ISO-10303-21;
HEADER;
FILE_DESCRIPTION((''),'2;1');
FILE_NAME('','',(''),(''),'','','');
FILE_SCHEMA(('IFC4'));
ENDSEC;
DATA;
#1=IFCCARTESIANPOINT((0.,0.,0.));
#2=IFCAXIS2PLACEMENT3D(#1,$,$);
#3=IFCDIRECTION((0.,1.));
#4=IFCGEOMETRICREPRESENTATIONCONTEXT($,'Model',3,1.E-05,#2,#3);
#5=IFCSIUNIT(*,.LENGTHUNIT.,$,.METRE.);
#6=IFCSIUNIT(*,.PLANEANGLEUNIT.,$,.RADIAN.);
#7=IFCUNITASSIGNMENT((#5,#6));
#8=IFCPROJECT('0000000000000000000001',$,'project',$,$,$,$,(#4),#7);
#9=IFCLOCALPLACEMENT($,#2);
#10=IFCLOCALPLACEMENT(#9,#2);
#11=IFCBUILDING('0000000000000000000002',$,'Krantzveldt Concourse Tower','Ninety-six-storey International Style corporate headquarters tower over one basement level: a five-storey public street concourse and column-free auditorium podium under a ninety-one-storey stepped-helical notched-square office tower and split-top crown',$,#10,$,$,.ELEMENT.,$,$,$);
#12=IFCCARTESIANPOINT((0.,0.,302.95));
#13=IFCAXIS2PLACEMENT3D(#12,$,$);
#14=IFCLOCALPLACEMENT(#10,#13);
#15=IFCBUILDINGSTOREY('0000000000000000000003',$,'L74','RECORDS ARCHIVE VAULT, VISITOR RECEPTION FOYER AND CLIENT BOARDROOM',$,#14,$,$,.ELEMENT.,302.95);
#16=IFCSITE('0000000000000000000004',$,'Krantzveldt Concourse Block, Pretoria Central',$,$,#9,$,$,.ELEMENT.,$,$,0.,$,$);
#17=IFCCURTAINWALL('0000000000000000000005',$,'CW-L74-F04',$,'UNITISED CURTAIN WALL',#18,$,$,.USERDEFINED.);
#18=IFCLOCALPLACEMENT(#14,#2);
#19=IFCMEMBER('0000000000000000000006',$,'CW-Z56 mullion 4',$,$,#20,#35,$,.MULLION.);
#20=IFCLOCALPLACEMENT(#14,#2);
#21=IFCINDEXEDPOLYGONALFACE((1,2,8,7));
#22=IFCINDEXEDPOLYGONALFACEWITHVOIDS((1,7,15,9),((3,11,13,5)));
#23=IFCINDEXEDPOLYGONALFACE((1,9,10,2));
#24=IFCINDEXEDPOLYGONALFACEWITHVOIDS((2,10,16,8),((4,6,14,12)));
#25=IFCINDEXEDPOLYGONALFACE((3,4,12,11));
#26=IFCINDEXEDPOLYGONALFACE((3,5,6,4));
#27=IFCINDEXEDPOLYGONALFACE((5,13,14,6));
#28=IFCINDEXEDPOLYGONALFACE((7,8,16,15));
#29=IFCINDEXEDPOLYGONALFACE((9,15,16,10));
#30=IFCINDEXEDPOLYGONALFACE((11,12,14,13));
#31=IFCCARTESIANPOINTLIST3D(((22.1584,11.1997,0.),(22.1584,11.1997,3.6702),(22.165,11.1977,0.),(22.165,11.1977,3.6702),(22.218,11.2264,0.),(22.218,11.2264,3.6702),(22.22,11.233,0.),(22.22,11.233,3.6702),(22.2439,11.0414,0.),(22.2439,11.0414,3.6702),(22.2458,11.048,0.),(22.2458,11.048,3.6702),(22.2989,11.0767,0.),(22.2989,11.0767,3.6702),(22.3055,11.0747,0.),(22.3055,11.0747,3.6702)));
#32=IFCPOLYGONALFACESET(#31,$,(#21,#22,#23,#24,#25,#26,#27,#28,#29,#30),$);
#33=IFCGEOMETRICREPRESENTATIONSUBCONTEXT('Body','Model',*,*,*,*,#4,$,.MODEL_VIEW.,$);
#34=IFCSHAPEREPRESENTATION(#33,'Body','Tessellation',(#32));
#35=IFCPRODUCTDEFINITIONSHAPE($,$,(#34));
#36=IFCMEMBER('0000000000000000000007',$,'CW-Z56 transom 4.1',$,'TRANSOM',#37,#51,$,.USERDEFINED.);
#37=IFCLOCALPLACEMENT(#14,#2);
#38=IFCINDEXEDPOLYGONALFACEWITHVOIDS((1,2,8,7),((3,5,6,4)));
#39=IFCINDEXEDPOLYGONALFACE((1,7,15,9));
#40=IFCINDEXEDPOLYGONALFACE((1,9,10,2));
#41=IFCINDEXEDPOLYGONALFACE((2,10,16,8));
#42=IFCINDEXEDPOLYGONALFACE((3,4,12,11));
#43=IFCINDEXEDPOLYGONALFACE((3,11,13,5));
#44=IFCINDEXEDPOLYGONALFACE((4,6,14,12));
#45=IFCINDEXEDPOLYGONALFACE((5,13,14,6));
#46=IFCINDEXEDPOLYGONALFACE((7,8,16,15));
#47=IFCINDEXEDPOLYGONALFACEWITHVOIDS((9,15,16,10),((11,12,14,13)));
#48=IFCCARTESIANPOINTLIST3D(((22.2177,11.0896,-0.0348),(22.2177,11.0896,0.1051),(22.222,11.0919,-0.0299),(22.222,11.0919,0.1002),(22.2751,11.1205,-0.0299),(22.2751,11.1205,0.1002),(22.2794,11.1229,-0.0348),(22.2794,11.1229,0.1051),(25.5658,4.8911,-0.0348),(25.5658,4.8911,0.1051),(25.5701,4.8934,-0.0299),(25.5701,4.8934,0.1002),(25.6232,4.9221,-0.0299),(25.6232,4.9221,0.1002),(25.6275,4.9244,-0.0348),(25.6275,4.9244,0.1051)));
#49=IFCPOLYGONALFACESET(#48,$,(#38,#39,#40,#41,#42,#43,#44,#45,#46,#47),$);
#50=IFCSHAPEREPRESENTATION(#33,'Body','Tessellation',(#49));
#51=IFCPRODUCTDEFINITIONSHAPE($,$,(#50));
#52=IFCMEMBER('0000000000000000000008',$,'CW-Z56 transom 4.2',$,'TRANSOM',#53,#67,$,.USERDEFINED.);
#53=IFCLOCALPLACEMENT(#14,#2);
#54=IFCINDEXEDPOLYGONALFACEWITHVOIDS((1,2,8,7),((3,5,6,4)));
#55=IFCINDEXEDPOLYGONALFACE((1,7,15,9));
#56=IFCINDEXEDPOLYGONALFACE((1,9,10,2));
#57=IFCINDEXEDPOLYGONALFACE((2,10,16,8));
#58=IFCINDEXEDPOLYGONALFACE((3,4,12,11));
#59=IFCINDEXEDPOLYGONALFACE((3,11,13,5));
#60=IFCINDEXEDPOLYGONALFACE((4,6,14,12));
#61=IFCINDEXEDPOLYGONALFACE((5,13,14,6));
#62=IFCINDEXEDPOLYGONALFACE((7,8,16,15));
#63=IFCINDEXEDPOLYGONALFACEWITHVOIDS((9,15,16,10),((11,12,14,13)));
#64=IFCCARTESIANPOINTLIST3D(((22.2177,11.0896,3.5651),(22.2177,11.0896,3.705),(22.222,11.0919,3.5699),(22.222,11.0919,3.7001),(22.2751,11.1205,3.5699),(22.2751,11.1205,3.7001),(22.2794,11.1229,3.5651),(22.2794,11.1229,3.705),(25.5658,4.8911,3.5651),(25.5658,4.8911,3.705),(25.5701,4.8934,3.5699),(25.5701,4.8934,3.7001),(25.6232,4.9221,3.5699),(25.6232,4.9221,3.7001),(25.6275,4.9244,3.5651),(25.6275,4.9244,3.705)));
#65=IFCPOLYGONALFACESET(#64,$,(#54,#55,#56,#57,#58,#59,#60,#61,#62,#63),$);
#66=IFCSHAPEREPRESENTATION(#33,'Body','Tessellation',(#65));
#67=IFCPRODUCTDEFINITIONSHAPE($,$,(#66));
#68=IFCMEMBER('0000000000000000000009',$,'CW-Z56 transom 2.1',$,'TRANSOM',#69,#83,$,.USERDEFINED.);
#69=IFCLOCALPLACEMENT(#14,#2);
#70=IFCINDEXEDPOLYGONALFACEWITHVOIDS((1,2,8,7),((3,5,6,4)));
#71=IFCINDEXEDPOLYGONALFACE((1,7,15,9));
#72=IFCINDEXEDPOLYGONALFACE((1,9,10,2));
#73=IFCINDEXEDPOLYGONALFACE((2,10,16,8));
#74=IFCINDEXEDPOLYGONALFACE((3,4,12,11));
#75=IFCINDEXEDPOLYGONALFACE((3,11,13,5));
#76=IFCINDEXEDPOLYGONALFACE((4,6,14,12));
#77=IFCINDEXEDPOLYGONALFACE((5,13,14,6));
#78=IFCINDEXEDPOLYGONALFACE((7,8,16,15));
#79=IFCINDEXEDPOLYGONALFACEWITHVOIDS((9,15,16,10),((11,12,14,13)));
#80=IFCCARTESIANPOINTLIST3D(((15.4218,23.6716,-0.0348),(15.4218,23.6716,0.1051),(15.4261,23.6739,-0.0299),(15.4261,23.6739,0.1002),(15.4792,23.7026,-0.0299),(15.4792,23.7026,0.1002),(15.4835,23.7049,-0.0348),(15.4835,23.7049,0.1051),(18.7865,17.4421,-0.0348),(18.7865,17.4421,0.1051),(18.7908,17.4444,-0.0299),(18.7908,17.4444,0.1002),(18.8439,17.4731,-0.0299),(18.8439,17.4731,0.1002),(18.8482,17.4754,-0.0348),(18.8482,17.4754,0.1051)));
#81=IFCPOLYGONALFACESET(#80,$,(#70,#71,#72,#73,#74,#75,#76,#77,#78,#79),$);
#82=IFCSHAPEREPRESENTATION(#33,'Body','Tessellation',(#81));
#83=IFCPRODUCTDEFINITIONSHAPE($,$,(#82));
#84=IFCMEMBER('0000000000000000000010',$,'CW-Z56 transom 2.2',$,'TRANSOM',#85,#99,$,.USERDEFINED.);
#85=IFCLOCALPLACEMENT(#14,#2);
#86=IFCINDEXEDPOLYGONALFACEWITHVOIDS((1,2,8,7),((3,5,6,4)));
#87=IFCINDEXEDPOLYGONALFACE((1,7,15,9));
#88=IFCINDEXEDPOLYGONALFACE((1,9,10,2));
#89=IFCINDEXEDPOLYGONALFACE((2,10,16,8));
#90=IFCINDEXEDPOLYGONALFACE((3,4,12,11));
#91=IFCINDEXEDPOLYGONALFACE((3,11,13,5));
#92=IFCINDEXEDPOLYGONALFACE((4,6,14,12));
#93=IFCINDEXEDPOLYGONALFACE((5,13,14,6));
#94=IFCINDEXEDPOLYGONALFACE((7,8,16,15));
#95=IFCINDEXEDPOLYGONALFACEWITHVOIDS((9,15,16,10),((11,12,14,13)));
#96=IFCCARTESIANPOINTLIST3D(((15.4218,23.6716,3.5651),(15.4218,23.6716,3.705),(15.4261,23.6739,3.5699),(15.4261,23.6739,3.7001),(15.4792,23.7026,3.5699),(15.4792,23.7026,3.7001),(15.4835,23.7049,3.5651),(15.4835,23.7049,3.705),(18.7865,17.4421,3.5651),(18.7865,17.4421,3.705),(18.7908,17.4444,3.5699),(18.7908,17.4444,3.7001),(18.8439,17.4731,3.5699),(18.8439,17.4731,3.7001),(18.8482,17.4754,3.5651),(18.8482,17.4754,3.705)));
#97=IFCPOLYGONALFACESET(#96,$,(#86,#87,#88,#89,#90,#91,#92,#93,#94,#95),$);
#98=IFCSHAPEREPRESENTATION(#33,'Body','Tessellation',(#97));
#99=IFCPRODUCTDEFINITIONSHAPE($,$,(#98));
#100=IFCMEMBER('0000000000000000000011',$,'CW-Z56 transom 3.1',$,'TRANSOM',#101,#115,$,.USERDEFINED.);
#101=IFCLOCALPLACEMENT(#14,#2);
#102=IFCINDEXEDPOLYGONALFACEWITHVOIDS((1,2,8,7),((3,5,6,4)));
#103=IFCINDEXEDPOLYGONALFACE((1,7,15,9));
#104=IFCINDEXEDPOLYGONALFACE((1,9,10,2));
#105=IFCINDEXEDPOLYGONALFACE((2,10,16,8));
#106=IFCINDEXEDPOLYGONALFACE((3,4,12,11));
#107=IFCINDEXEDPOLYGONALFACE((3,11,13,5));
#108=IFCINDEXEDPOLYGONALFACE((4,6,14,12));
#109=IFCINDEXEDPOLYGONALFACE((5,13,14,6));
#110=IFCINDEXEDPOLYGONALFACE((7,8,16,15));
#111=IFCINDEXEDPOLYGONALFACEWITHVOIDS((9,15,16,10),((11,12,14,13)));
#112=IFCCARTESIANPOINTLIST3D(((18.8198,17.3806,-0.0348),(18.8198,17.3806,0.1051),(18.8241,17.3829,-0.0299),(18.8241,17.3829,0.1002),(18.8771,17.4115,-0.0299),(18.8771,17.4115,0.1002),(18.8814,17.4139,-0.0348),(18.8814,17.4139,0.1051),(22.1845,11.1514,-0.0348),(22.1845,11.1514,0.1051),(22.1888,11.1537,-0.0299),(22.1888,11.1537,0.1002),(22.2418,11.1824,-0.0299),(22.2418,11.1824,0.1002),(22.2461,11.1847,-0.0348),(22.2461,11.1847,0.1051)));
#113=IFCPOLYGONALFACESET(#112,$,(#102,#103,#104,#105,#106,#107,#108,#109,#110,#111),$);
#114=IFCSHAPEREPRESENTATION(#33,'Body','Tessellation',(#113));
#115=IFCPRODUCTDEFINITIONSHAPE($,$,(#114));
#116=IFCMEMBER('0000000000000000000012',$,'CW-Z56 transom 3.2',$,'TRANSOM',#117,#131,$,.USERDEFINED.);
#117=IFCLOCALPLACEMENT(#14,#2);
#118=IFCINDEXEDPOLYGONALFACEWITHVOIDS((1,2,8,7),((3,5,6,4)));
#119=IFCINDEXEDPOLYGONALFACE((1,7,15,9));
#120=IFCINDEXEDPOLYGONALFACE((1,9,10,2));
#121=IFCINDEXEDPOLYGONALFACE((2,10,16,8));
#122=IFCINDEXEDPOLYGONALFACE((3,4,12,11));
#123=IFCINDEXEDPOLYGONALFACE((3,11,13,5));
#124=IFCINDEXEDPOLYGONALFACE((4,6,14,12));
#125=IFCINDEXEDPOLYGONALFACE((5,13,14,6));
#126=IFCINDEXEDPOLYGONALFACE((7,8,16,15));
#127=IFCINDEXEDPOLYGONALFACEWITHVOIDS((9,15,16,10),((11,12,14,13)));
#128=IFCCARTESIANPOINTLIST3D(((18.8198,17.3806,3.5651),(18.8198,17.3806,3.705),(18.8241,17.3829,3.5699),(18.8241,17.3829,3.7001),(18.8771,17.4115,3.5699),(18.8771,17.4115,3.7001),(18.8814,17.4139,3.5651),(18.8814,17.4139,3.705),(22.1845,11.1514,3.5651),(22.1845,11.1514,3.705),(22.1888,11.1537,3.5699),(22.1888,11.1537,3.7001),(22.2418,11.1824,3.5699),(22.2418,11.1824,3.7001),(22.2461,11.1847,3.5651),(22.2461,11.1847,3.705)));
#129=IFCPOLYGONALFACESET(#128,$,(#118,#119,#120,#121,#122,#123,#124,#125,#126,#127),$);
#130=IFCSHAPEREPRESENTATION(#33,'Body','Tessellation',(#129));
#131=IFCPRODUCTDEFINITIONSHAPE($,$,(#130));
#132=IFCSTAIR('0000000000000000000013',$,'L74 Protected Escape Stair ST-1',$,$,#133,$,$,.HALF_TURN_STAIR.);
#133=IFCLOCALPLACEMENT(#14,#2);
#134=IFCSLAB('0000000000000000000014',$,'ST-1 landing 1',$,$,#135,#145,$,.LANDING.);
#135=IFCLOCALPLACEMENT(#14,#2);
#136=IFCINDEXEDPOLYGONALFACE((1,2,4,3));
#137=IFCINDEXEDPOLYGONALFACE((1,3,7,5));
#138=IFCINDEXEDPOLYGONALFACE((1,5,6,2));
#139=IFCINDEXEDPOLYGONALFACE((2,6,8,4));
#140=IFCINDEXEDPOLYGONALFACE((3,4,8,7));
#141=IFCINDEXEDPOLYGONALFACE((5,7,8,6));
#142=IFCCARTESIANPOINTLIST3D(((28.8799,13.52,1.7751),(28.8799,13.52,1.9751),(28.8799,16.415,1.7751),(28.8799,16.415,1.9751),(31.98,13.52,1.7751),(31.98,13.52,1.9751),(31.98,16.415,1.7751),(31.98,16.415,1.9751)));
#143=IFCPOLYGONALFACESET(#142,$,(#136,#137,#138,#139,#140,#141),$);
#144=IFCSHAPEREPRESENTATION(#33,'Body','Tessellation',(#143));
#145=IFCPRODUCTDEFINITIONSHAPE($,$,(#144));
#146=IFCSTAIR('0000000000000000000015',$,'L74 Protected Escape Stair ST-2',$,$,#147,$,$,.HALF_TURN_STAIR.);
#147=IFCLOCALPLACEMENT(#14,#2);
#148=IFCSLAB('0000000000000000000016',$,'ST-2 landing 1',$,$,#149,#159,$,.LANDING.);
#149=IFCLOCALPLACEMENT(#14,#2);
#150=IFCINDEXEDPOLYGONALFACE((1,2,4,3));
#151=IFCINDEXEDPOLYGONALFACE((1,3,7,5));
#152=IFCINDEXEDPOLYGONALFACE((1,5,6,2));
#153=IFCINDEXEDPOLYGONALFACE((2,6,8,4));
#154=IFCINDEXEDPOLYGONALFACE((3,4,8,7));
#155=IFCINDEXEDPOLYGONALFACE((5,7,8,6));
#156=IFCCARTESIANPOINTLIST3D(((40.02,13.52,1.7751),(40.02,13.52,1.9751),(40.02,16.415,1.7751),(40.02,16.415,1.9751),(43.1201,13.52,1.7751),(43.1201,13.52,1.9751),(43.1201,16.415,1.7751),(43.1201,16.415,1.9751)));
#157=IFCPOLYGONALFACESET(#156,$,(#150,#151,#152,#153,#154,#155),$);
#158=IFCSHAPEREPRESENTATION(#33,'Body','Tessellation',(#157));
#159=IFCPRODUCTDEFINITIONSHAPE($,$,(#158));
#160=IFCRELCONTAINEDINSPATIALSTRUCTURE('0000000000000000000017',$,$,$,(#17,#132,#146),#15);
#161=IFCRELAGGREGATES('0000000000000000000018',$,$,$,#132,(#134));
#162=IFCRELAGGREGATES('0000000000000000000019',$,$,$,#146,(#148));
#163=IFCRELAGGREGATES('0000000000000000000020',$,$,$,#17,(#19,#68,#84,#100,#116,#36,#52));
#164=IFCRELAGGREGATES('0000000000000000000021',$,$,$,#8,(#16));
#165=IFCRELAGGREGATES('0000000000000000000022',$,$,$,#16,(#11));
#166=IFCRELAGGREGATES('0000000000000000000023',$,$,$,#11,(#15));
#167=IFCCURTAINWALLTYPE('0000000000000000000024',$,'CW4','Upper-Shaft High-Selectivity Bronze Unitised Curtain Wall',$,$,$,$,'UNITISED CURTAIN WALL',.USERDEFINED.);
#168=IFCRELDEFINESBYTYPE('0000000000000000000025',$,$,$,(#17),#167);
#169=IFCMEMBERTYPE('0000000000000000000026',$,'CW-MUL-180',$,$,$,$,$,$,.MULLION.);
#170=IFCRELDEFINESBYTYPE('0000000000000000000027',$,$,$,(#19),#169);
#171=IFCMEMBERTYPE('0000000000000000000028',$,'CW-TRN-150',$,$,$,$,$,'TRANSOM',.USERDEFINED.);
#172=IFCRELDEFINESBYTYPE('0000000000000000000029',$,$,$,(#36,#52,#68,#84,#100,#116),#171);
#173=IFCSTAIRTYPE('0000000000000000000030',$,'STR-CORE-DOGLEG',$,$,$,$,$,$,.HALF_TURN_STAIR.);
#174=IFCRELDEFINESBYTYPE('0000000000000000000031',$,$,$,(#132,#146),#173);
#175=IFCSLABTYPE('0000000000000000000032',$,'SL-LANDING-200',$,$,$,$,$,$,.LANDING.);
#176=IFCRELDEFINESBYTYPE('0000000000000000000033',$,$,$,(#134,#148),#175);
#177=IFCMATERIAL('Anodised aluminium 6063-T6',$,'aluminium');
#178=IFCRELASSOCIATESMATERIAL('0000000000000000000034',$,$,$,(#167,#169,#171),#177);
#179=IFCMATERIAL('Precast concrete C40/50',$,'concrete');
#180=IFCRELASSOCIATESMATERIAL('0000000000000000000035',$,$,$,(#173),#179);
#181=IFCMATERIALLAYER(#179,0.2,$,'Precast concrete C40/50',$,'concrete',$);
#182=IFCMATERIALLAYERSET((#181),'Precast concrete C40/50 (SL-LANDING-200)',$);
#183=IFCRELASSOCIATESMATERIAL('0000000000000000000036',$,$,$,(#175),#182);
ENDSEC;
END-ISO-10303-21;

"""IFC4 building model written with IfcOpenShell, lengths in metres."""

from ifc_helpers import new_model, si_unit, direction, frame, origin, origin_2d, place, context, subcontext, project, spatial, polyline, hollow_rectangle, outline, extrude, source, transform, mapped, material, layer, layer_set, material_profile, profile_set, type_object, type_shapes, element, aggregate, save


model = new_model("IFC4")

# Units and contexts
model_context = context("Model", 3, precision=1e-05, world=origin(), true_north=direction((0.0, 1.0)))
body_context = subcontext(model_context, "Body", "Model", "MODEL_VIEW")
ifc_project = project(units=[si_unit("LENGTHUNIT", "METRE"), si_unit("PLANEANGLEUNIT", "RADIAN")], contexts=[model_context])

# Site, building, storey
site_placement = place(None, origin())
site = spatial("IfcSite", under=ifc_project, at=site_placement, Name="Krantzveldt Concourse Block, Pretoria Central", CompositionType="ELEMENT", RefElevation=0.0)
building_placement = place(site_placement, origin())
building = spatial("IfcBuilding", under=site, at=building_placement, Name="Krantzveldt Concourse Tower", Description="Ninety-six-storey International Style corporate headquarters tower over one basement level: a five-storey public street concourse and column-free auditorium podium under a ninety-one-storey stepped-helical notched-square office tower and split-top crown", CompositionType="ELEMENT")
storey_placement = place(building_placement, frame((0.0, 0.0, 302.95)))
storey = spatial("IfcBuildingStorey", under=building, at=storey_placement, Name="L74", Description="RECORDS ARCHIVE VAULT, VISITOR RECEPTION FOYER AND CLIENT BOARDROOM", CompositionType="ELEMENT", Elevation=302.95)

# Curtain wall, members
ifc_material_1 = material(Name="Anodised aluminium 6063-T6", Category="aluminium")
curtain_wall_type = type_object("IfcCurtainWallType", Name="CW4", Description="Upper-Shaft High-Selectivity Bronze Unitised Curtain Wall", ElementType="UNITISED CURTAIN WALL", PredefinedType="USERDEFINED", material=ifc_material_1)
curtain_wall_placement = place(storey_placement, origin())
curtain_wall = element("IfcCurtainWall", 1, at=curtain_wall_placement, inside=storey, type_object=curtain_wall_type, Name="CW-L74-F04", ObjectType="UNITISED CURTAIN WALL", PredefinedType="USERDEFINED")
ifc_material_profile_1 = material_profile(ifc_material_1, hollow_rectangle(XDim=0.0701, YDim=0.1799, WallThickness=0.0049, at=origin_2d()), Name="Anodised aluminium 6063-T6", Category="aluminium")
ifc_profile_set_1 = profile_set([ifc_material_profile_1], Name="Anodised aluminium 6063-T6 - ALU-MULL 180x70x5")
member_type_1 = type_object("IfcMemberType", Name="CW-MUL-180", PredefinedType="MULLION", material=ifc_profile_set_1)
shared_shape_1 = source(origin(), body_context, "Body", "SweptSolid", [
    extrude(hollow_rectangle(XDim=0.0701, YDim=0.1799, WallThickness=0.0049, at=origin_2d()), origin(), (0.0, 0.0, 1.0), 3.6702),
])
type_shapes(member_type_1, [shared_shape_1])
member_1_placement = place(storey_placement, frame((22.2319, 11.1372, 0.0), z_axis=(0.0, 0.0, 1.0), x_axis=(0.879856, 0.47524, 0.0)))
member_1 = element("IfcMember", 2, at=member_1_placement, type_object=member_type_1, Name="CW-Z56 mullion 4", PredefinedType="MULLION", context=body_context, shape_type="MappedRepresentation", body=[
    mapped(shared_shape_1, transform((0.0, 0.0, 0.0), x_axis=(1.0, 0.0, 0.0), y_axis=(0.0, 1.0, 0.0), z_axis=(0.0, 0.0, 1.0), scale=1.0)),
])
ifc_material_profile_2 = material_profile(ifc_material_1, hollow_rectangle(XDim=0.0701, YDim=0.1399, WallThickness=0.0049, at=origin_2d()), Name="Anodised aluminium 6063-T6", Category="aluminium")
ifc_profile_set_2 = profile_set([ifc_material_profile_2], Name="Anodised aluminium 6063-T6 - ALU-TRAN 140x70x5")
member_type_2 = type_object("IfcMemberType", Name="CW-TRN-150", ElementType="TRANSOM", PredefinedType="USERDEFINED", material=ifc_profile_set_2)
shared_shape_2 = source(origin(), body_context, "Body", "SweptSolid", [
    extrude(hollow_rectangle(XDim=0.0701, YDim=0.1399, WallThickness=0.0049, at=origin_2d()), origin(), (0.0, 0.0, 1.0), 7.0449),
])
member_2_placement = place(storey_placement, frame((22.2485, 11.1062, 0.0352), z_axis=(0.475255, -0.879848, 0.0), x_axis=(0.879848, 0.475255, 0.0)))
member_2 = element("IfcMember", 3, at=member_2_placement, type_object=member_type_2, Name="CW-Z56 transom 4.1", ObjectType="TRANSOM", PredefinedType="USERDEFINED", context=body_context, shape_type="MappedRepresentation", body=[
    mapped(shared_shape_2, transform((0.0, 0.0, 0.0), x_axis=(1.0, 0.0, 0.0), y_axis=(0.0, 1.0, 0.0), z_axis=(0.0, 0.0, 1.0), scale=1.0)),
])
member_3_placement = place(storey_placement, frame((22.2485, 11.1062, 3.635), z_axis=(0.475255, -0.879848, 0.0), x_axis=(0.879848, 0.475255, 0.0)))
member_3 = element("IfcMember", 4, at=member_3_placement, type_object=member_type_2, Name="CW-Z56 transom 4.2", ObjectType="TRANSOM", PredefinedType="USERDEFINED", context=body_context, shape_type="MappedRepresentation", body=[
    mapped(shared_shape_2, transform((0.0, 0.0, 0.0), x_axis=(1.0, 0.0, 0.0), y_axis=(0.0, 1.0, 0.0), z_axis=(0.0, 0.0, 1.0), scale=1.0)),
])
shared_shape_3 = source(origin(), body_context, "Body", "SweptSolid", [
    extrude(hollow_rectangle(XDim=0.0701, YDim=0.1399, WallThickness=0.0049, at=origin_2d()), origin(), (0.0, 0.0, 1.0), 7.0801),
])
member_4_placement = place(storey_placement, frame((15.4526, 23.6882, 0.0352), z_axis=(0.475239, -0.879857, 0.0), x_axis=(0.879857, 0.475239, 0.0)))
member_4 = element("IfcMember", 5, at=member_4_placement, type_object=member_type_2, Name="CW-Z56 transom 2.1", ObjectType="TRANSOM", PredefinedType="USERDEFINED", context=body_context, shape_type="MappedRepresentation", body=[
    mapped(shared_shape_3, transform((0.0, 0.0, 0.0), x_axis=(1.0, 0.0, 0.0), y_axis=(0.0, 1.0, 0.0), z_axis=(0.0, 0.0, 1.0), scale=1.0)),
])
member_5_placement = place(storey_placement, frame((15.4526, 23.6882, 3.635), z_axis=(0.475239, -0.879857, 0.0), x_axis=(0.879857, 0.475239, 0.0)))
member_5 = element("IfcMember", 6, at=member_5_placement, type_object=member_type_2, Name="CW-Z56 transom 2.2", ObjectType="TRANSOM", PredefinedType="USERDEFINED", context=body_context, shape_type="MappedRepresentation", body=[
    mapped(shared_shape_3, transform((0.0, 0.0, 0.0), x_axis=(1.0, 0.0, 0.0), y_axis=(0.0, 1.0, 0.0), z_axis=(0.0, 0.0, 1.0), scale=1.0)),
])
shared_shape_4 = source(origin(), body_context, "Body", "SweptSolid", [
    extrude(hollow_rectangle(XDim=0.0701, YDim=0.1399, WallThickness=0.0049, at=origin_2d()), origin(), (0.0, 0.0, 1.0), 7.0798),
])
type_shapes(member_type_2, [shared_shape_2, shared_shape_3, shared_shape_4])
member_6_placement = place(storey_placement, frame((18.8506, 17.3972, 0.0352), z_axis=(0.475253, -0.879849, 0.0), x_axis=(0.879849, 0.475253, 0.0)))
member_6 = element("IfcMember", 7, at=member_6_placement, type_object=member_type_2, Name="CW-Z56 transom 3.1", ObjectType="TRANSOM", PredefinedType="USERDEFINED", context=body_context, shape_type="MappedRepresentation", body=[
    mapped(shared_shape_4, transform((0.0, 0.0, 0.0), x_axis=(1.0, 0.0, 0.0), y_axis=(0.0, 1.0, 0.0), z_axis=(0.0, 0.0, 1.0), scale=1.0)),
])
member_7_placement = place(storey_placement, frame((18.8506, 17.3972, 3.635), z_axis=(0.475253, -0.879849, 0.0), x_axis=(0.879849, 0.475253, 0.0)))
member_7 = element("IfcMember", 8, at=member_7_placement, type_object=member_type_2, Name="CW-Z56 transom 3.2", ObjectType="TRANSOM", PredefinedType="USERDEFINED", context=body_context, shape_type="MappedRepresentation", body=[
    mapped(shared_shape_4, transform((0.0, 0.0, 0.0), x_axis=(1.0, 0.0, 0.0), y_axis=(0.0, 1.0, 0.0), z_axis=(0.0, 0.0, 1.0), scale=1.0)),
])

# Stairs, slabs
ifc_material_2 = material(Name="Precast concrete C40/50", Category="concrete")
stair_type = type_object("IfcStairType", Name="STR-CORE-DOGLEG", PredefinedType="HALF_TURN_STAIR", material=ifc_material_2)
stair_1_placement = place(storey_placement, origin())
stair_1 = element("IfcStair", 9, at=stair_1_placement, inside=storey, type_object=stair_type, Name="L74 Protected Escape Stair ST-1", PredefinedType="HALF_TURN_STAIR")
ifc_layer_1 = layer(ifc_material_2, 0.2, Name="Precast concrete C40/50", Category="concrete")
ifc_layer_set_1 = layer_set([ifc_layer_1], Name="Precast concrete C40/50 (SL-LANDING-200)")
slab_type_1 = type_object("IfcSlabType", Name="SL-LANDING-200", PredefinedType="LANDING", material=ifc_layer_set_1)
slab_1_placement = place(storey_placement, frame((0.0, 0.0, 1.7751)))
slab_1 = element("IfcSlab", 10, at=slab_1_placement, type_object=slab_type_1, Name="ST-1 landing 1", PredefinedType="LANDING", context=body_context, shape_type="SweptSolid", body=[
    extrude(outline(polyline([(28.8799, 16.415), (28.8799, 13.52), (31.98, 13.52), (31.98, 16.415), (28.8799, 16.415)])), origin(), (0.0, 0.0, 1.0), 0.2),
])
aggregate(stair_1, [slab_1])
stair_2_placement = place(storey_placement, origin())
stair_2 = element("IfcStair", 11, at=stair_2_placement, inside=storey, type_object=stair_type, Name="L74 Protected Escape Stair ST-2", PredefinedType="HALF_TURN_STAIR")
slab_2_placement = place(storey_placement, frame((0.0, 0.0, 1.7751)))
slab_2 = element("IfcSlab", 12, at=slab_2_placement, type_object=slab_type_1, Name="ST-2 landing 1", PredefinedType="LANDING", context=body_context, shape_type="SweptSolid", body=[
    extrude(outline(polyline([(40.02, 16.415), (40.02, 13.52), (43.1201, 13.52), (43.1201, 16.415), (40.02, 16.415)])), origin(), (0.0, 0.0, 1.0), 0.2),
])
aggregate(stair_2, [slab_2])

aggregate(curtain_wall, [member_1, member_4, member_5, member_6, member_7, member_2, member_3])

save(model, "model.ifc")
